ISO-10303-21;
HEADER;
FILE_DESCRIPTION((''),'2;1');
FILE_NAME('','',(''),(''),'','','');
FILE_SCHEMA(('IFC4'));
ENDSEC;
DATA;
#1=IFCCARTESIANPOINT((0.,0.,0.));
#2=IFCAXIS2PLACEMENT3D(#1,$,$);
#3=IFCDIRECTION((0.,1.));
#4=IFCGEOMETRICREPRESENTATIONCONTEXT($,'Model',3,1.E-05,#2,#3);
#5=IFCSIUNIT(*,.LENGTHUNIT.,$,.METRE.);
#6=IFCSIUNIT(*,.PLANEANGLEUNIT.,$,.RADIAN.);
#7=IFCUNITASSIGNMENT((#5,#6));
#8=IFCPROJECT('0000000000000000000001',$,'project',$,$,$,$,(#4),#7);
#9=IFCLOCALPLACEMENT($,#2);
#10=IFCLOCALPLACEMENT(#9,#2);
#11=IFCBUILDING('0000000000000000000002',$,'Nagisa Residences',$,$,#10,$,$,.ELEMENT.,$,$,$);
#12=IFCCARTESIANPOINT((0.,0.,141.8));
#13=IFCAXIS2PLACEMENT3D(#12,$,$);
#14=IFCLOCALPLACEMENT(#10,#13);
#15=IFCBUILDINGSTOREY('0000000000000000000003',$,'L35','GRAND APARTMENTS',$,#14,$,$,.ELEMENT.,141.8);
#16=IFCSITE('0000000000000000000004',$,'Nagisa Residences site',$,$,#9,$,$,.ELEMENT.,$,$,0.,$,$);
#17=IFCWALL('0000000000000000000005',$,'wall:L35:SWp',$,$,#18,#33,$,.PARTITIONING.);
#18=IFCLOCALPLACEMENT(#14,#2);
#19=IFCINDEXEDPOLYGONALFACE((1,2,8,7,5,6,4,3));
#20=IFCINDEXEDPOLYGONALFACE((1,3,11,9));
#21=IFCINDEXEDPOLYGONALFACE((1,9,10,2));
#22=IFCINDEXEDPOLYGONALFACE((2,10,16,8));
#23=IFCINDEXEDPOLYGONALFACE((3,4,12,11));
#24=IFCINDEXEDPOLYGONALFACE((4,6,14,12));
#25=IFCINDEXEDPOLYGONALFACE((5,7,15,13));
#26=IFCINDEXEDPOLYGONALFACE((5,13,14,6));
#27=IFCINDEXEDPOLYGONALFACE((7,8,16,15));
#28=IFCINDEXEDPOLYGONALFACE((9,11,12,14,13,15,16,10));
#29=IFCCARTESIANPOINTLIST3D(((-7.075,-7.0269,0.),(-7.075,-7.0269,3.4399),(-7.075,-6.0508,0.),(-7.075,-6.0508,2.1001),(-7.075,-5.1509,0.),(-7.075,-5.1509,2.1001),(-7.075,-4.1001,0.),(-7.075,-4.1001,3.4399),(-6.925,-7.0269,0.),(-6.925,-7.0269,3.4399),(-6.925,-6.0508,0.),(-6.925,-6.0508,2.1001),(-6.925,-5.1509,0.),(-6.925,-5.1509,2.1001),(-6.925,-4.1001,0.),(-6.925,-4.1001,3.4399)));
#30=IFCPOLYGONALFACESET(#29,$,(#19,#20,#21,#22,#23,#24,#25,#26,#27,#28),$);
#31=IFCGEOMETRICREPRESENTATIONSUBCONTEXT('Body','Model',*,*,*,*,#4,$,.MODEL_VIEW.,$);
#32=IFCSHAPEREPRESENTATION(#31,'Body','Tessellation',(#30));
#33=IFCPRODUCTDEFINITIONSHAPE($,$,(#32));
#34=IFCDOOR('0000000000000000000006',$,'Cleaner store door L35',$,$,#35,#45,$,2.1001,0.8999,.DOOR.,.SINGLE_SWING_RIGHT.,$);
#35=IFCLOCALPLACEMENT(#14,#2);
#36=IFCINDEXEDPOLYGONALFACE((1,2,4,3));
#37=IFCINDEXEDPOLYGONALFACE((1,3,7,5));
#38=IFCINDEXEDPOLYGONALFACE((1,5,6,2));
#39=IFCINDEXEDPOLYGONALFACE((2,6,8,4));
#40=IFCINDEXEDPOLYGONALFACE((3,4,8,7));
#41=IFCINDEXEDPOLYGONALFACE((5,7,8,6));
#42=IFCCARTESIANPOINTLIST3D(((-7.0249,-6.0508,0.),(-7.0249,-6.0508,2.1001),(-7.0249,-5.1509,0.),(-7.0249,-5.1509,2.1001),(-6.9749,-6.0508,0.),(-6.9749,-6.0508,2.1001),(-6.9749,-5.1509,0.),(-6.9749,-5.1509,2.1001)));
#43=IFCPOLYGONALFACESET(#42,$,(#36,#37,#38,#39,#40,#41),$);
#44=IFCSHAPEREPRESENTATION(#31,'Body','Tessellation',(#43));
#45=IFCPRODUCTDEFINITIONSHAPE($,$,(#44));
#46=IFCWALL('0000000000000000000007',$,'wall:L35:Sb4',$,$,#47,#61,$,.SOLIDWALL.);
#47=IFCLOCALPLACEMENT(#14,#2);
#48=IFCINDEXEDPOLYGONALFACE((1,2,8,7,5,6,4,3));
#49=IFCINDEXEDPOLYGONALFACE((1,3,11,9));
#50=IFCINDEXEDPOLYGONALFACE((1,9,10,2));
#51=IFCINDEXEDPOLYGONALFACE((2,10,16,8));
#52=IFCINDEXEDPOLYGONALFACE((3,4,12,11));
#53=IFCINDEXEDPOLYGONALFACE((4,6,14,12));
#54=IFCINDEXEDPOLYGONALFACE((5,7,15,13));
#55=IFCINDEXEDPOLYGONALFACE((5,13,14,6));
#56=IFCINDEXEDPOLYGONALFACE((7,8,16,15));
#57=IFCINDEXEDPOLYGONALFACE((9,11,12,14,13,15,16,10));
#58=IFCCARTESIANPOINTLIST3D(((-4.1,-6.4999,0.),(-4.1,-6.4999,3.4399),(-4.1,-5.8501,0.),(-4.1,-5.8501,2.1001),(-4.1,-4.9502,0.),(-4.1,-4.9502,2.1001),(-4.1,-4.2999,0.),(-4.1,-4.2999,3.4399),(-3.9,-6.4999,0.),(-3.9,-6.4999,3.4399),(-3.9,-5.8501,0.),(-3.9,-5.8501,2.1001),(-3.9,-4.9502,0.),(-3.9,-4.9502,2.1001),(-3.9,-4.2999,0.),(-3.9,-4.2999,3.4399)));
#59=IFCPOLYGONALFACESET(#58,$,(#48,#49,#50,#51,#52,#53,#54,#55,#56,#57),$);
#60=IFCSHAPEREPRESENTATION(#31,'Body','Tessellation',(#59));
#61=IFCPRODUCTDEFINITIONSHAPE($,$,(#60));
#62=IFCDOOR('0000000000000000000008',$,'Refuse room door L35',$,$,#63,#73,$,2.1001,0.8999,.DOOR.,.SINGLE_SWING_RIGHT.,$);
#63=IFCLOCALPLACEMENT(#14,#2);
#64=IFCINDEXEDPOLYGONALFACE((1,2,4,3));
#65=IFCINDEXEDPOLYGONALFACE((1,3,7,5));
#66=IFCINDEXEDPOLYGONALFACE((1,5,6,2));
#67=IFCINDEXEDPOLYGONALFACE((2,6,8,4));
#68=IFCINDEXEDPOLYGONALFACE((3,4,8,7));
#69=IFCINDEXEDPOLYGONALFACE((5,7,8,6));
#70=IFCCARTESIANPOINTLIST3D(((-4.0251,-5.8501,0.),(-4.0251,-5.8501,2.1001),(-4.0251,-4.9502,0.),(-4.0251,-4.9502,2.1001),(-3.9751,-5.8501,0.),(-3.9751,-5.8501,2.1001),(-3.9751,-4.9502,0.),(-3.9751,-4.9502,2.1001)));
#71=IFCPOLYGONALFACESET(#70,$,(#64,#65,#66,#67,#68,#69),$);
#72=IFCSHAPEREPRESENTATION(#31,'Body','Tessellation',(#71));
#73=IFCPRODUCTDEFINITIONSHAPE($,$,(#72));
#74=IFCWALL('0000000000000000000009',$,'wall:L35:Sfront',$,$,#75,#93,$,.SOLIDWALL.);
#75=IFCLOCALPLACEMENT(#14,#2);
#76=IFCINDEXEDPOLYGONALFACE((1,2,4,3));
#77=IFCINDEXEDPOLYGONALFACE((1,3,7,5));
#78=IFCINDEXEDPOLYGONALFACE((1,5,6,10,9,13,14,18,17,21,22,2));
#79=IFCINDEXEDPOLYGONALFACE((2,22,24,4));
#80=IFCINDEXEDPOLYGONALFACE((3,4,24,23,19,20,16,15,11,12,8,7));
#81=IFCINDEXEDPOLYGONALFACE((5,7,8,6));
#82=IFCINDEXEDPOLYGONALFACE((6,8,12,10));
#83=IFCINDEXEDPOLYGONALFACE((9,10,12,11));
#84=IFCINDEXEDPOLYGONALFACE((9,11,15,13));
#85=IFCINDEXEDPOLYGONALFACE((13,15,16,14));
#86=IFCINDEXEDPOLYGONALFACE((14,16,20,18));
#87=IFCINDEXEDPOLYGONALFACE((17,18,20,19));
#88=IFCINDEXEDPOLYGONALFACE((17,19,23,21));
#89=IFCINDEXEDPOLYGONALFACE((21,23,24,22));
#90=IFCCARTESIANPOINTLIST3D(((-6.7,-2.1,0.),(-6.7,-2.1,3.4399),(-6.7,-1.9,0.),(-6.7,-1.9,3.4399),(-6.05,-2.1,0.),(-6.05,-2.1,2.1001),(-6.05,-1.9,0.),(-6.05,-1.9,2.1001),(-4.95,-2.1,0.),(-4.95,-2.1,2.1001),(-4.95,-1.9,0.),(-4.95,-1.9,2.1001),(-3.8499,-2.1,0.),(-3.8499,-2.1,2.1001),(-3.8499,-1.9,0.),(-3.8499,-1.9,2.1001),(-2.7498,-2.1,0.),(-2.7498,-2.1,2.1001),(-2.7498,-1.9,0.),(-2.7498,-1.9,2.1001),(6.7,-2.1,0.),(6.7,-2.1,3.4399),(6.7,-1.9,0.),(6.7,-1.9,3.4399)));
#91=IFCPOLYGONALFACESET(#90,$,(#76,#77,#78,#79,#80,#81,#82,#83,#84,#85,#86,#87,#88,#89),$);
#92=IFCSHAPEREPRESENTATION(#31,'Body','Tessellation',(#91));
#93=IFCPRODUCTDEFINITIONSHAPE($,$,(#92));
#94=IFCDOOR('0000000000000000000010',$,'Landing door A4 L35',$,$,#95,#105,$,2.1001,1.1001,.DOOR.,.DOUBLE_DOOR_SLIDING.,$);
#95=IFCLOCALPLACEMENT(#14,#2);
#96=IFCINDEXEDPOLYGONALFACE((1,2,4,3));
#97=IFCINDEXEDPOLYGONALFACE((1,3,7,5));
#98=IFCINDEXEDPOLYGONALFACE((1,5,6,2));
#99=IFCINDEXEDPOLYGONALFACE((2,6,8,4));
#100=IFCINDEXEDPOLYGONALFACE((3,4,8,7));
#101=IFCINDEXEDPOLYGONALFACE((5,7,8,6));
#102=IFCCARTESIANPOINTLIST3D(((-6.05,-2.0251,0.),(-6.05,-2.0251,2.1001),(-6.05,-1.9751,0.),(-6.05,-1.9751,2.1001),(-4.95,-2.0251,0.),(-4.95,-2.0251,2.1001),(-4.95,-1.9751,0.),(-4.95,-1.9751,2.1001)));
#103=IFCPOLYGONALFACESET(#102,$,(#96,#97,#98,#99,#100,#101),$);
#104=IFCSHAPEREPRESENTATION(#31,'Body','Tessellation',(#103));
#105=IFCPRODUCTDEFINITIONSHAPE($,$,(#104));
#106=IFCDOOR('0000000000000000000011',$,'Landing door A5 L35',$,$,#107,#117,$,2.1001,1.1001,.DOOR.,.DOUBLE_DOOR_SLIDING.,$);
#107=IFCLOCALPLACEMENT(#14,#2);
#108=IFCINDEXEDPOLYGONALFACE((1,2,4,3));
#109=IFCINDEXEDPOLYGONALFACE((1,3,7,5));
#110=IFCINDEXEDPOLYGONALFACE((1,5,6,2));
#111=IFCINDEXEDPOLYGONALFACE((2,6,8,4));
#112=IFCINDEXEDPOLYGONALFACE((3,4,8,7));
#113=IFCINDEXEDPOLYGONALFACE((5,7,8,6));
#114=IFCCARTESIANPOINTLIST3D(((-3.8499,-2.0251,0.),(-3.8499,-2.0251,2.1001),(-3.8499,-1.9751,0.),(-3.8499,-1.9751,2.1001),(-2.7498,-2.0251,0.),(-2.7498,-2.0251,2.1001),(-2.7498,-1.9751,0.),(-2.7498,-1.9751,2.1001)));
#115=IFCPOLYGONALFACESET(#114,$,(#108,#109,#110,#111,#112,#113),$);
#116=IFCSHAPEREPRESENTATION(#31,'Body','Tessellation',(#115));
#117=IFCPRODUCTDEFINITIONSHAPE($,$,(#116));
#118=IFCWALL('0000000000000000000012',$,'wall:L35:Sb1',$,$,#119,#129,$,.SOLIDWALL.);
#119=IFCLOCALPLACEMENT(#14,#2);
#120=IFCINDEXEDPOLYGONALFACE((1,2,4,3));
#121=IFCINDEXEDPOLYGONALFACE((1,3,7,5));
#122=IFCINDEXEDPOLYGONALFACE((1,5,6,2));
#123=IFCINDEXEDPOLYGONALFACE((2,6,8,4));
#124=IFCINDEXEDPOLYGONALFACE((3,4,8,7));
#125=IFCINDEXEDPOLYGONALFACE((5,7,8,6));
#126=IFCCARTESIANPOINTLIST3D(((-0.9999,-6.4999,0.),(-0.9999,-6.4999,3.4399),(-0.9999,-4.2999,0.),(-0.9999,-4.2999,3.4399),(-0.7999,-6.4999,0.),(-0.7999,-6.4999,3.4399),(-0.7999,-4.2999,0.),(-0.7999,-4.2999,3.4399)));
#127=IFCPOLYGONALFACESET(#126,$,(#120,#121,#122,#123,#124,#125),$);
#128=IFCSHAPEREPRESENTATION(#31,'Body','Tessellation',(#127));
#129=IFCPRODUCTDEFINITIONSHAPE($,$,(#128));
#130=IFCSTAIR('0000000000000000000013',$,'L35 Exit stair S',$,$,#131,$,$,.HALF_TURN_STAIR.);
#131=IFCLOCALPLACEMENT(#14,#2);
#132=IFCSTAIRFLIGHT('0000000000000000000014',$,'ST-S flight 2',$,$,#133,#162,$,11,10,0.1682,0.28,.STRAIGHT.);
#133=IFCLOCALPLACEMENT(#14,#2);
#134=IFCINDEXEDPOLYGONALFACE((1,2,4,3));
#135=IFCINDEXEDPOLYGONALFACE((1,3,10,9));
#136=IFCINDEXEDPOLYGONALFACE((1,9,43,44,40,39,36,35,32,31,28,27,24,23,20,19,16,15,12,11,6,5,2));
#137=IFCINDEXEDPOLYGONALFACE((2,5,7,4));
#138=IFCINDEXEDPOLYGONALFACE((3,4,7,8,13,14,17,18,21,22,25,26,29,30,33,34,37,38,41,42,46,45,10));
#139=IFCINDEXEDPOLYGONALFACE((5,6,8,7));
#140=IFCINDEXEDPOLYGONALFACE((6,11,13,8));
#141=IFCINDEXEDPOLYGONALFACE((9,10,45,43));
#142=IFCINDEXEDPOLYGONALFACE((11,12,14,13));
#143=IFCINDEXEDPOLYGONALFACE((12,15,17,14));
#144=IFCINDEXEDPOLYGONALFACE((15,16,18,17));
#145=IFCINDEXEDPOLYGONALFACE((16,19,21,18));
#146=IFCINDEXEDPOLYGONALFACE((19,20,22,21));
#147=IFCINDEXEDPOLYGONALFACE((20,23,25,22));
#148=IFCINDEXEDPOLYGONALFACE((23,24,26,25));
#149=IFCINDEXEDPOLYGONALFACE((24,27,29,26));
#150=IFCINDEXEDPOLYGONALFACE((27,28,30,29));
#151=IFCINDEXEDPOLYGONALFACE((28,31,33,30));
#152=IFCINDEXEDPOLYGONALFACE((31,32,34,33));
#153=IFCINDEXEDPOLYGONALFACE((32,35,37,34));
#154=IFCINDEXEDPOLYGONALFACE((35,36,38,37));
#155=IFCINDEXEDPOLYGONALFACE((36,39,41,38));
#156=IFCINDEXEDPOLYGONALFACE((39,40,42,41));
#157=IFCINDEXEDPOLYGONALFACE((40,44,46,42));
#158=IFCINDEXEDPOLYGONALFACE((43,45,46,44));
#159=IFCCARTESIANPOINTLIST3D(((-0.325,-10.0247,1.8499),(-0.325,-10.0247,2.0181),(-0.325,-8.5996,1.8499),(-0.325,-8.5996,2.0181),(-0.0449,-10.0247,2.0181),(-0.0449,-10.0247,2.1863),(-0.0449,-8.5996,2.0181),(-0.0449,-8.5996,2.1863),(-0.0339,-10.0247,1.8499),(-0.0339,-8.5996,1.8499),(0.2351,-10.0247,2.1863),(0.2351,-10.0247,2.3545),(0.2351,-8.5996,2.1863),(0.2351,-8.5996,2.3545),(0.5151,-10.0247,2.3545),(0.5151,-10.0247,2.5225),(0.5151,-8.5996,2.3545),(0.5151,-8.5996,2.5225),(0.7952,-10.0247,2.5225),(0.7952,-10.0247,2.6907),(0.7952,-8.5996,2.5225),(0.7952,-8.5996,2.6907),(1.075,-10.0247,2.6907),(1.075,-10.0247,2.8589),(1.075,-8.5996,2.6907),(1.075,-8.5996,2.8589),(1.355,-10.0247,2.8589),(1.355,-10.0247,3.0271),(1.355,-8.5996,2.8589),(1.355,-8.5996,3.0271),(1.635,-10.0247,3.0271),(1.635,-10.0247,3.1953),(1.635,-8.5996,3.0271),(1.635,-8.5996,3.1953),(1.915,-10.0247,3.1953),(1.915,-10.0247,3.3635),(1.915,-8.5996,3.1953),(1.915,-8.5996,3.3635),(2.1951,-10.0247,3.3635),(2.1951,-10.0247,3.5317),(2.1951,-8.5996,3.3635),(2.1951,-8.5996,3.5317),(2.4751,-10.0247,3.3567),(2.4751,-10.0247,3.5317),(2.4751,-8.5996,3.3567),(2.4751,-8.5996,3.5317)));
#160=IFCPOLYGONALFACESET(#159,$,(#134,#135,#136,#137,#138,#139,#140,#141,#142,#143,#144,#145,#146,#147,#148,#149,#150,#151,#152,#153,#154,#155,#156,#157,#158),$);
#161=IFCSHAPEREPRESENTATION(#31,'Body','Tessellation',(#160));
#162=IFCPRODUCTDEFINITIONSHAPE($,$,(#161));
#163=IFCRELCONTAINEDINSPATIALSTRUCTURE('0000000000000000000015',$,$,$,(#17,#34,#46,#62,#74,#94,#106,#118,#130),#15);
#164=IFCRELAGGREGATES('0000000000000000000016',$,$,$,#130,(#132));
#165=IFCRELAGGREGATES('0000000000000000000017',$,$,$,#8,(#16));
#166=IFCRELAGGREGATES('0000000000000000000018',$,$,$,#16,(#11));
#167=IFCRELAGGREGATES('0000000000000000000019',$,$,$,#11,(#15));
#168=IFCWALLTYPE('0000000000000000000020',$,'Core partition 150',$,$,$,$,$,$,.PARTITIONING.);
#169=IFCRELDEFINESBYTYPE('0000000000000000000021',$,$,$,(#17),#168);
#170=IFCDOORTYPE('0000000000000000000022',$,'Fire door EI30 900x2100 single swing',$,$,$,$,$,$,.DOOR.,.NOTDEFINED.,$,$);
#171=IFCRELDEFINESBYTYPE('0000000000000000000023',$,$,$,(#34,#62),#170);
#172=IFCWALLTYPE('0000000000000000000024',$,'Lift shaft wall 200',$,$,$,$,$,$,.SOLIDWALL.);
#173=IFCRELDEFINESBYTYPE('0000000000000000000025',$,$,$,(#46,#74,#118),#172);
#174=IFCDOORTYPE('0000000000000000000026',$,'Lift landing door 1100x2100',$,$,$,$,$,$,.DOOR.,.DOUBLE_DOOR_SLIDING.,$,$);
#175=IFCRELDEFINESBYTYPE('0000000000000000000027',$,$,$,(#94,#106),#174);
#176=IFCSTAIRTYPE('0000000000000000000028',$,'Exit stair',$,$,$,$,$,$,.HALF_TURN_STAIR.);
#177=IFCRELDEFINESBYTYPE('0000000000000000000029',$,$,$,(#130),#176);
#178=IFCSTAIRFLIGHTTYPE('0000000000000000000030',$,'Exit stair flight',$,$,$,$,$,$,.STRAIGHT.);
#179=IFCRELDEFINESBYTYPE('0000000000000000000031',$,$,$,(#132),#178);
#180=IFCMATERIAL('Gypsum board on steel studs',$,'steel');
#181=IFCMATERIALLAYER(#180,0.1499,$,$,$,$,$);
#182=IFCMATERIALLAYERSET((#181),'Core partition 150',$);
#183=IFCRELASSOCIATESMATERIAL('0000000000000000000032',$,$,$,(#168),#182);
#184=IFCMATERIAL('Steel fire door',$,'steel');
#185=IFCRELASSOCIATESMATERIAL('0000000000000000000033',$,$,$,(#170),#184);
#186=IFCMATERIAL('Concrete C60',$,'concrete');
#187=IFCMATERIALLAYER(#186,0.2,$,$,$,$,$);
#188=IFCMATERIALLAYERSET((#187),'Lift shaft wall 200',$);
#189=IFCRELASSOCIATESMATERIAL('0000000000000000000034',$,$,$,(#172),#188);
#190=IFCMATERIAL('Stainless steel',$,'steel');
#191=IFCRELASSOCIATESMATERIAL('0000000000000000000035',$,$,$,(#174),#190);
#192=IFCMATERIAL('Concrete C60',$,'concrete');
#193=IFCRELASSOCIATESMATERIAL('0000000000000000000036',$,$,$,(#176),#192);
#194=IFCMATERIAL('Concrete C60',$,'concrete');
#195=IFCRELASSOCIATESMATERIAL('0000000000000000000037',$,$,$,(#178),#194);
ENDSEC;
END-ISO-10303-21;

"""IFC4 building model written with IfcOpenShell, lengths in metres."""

from ifc_helpers import new_model, si_unit, direction, frame, frame_2d, origin, place, context, subcontext, project, spatial, polyline, rectangle, outline, extrude, material, layer, layer_set, type_object, element, fill, aggregate, save


model = new_model("IFC4")

# Units and contexts
model_context = context("Model", 3, precision=1e-05, world=origin(), true_north=direction((0.0, 1.0)))
body_context = subcontext(model_context, "Body", "Model", "MODEL_VIEW")
ifc_project = project(units=[si_unit("LENGTHUNIT", "METRE"), si_unit("PLANEANGLEUNIT", "RADIAN")], contexts=[model_context])

# Site, building, storey
site_placement = place(None, origin())
site = spatial("IfcSite", under=ifc_project, at=site_placement, Name="Nagisa Residences site", CompositionType="ELEMENT", RefElevation=0.0)
building_placement = place(site_placement, origin())
building = spatial("IfcBuilding", under=site, at=building_placement, Name="Nagisa Residences", CompositionType="ELEMENT")
storey_placement = place(building_placement, frame((0.0, 0.0, 141.8)))
storey = spatial("IfcBuildingStorey", under=building, at=storey_placement, Name="L35", Description="GRAND APARTMENTS", CompositionType="ELEMENT", Elevation=141.8)

# Walls, openings, doors
ifc_material_1 = material(Name="Gypsum board on steel studs", Category="steel")
ifc_layer_1 = layer(ifc_material_1, 0.1499)
ifc_layer_set_1 = layer_set([ifc_layer_1], Name="Core partition 150")
wall_type_1 = type_object("IfcWallType", Name="Core partition 150", PredefinedType="PARTITIONING", material=ifc_layer_set_1)
wall_1_placement = place(storey_placement, frame((-7.0, -7.0269, 0.0), z_axis=(0.0, 0.0, 1.0), x_axis=(0.0, 1.0, 0.0)))
wall_1 = element("IfcWall", 1, at=wall_1_placement, inside=storey, type_object=wall_type_1, Name="wall:L35:SWp", PredefinedType="PARTITIONING", context=body_context, shape_type="SweptSolid", body=[
    extrude(rectangle(XDim=2.9268, YDim=0.1499, at=frame_2d((1.4634, 0.0))), origin(), (0.0, 0.0, 1.0), 3.4399),
])
opening_1_placement = place(wall_1_placement, frame((0.9761, 0.0, 0.0)))
opening_1 = element("IfcOpeningElement", 2, at=opening_1_placement, cuts=wall_1, PredefinedType="OPENING", context=body_context, shape_type="SweptSolid", body=[
    extrude(rectangle(XDim=0.8999, YDim=2.1001, at=frame_2d((0.45, 1.05))), frame((0.0, 0.085, 0.0), z_axis=(0.0, -1.0, 0.0), x_axis=(1.0, 0.0, 0.0)), (0.0, 0.0, 1.0), 0.1699),
])
ifc_material_2 = material(Name="Steel fire door", Category="steel")
door_type_1 = type_object("IfcDoorType", Name="Fire door EI30 900x2100 single swing", OperationType="NOTDEFINED", PredefinedType="DOOR", material=ifc_material_2)
door_1_placement = place(opening_1_placement, origin())
door_1 = element("IfcDoor", 3, at=door_1_placement, inside=storey, type_object=door_type_1, Name="Cleaner store door L35", OperationType="SINGLE_SWING_RIGHT", OverallHeight=2.1001, OverallWidth=0.8999, PredefinedType="DOOR", context=body_context, shape_type="SweptSolid", body=[
    extrude(rectangle(XDim=0.8999, YDim=2.1001, at=frame_2d((0.45, 1.05))), frame((0.0, 0.0249, 0.0), z_axis=(0.0, -1.0, 0.0), x_axis=(1.0, 0.0, 0.0)), (0.0, 0.0, 1.0), 0.05),
])
fill(opening_1, door_1)
ifc_material_3 = material(Name="Concrete C60", Category="concrete")
ifc_layer_2 = layer(ifc_material_3, 0.2)
ifc_layer_set_2 = layer_set([ifc_layer_2], Name="Lift shaft wall 200")
wall_type_2 = type_object("IfcWallType", Name="Lift shaft wall 200", PredefinedType="SOLIDWALL", material=ifc_layer_set_2)
wall_2_placement = place(storey_placement, frame((-4.0, -6.5, 0.0), z_axis=(0.0, 0.0, 1.0), x_axis=(0.0, 1.0, 0.0)))
wall_2 = element("IfcWall", 4, at=wall_2_placement, inside=storey, type_object=wall_type_2, Name="wall:L35:Sb4", PredefinedType="SOLIDWALL", context=body_context, shape_type="SweptSolid", body=[
    extrude(rectangle(XDim=2.2, YDim=0.2, at=frame_2d((1.1001, 0.0))), origin(), (0.0, 0.0, 1.0), 3.4399),
])
opening_2_placement = place(wall_2_placement, frame((0.6499, 0.0, 0.0)))
opening_2 = element("IfcOpeningElement", 5, at=opening_2_placement, cuts=wall_2, PredefinedType="OPENING", context=body_context, shape_type="SweptSolid", body=[
    extrude(rectangle(XDim=0.8999, YDim=2.1001, at=frame_2d((0.45, 1.05))), frame((0.0, 0.1099, 0.0), z_axis=(0.0, -1.0, 0.0), x_axis=(1.0, 0.0, 0.0)), (0.0, 0.0, 1.0), 0.22),
])
door_2_placement = place(opening_2_placement, frame((0.8999, 0.0, 0.0), x_axis=(-1.0, 0.0, 0.0)))
door_2 = element("IfcDoor", 6, at=door_2_placement, inside=storey, type_object=door_type_1, Name="Refuse room door L35", OperationType="SINGLE_SWING_RIGHT", OverallHeight=2.1001, OverallWidth=0.8999, PredefinedType="DOOR", context=body_context, shape_type="SweptSolid", body=[
    extrude(rectangle(XDim=0.8999, YDim=2.1001, at=frame_2d((0.45, 1.05))), frame((0.0, 0.0249, 0.0), z_axis=(0.0, -1.0, 0.0), x_axis=(1.0, 0.0, 0.0)), (0.0, 0.0, 1.0), 0.05),
])
fill(opening_2, door_2)

# Wall, openings, doors
wall_3_placement = place(storey_placement, frame((-6.7, -2.0, 0.0), z_axis=(0.0, 0.0, 1.0), x_axis=(1.0, 0.0, 0.0)))
wall_3 = element("IfcWall", 7, at=wall_3_placement, inside=storey, type_object=wall_type_2, Name="wall:L35:Sfront", PredefinedType="SOLIDWALL", context=body_context, shape_type="SweptSolid", body=[
    extrude(rectangle(XDim=13.3999, YDim=0.2, at=frame_2d((6.7, 0.0))), origin(), (0.0, 0.0, 1.0), 3.4399),
])
opening_3_placement = place(wall_3_placement, frame((0.6499, 0.0, 0.0)))
opening_3 = element("IfcOpeningElement", 8, at=opening_3_placement, cuts=wall_3, PredefinedType="OPENING", context=body_context, shape_type="SweptSolid", body=[
    extrude(rectangle(XDim=1.1001, YDim=2.1001, at=frame_2d((0.55, 1.05))), frame((0.0, 0.1099, 0.0), z_axis=(0.0, -1.0, 0.0), x_axis=(1.0, 0.0, 0.0)), (0.0, 0.0, 1.0), 0.22),
])
opening_4_placement = place(wall_3_placement, frame((2.8501, 0.0, 0.0)))
opening_4 = element("IfcOpeningElement", 9, at=opening_4_placement, cuts=wall_3, PredefinedType="OPENING", context=body_context, shape_type="SweptSolid", body=[
    extrude(rectangle(XDim=1.1001, YDim=2.1001, at=frame_2d((0.55, 1.05))), frame((0.0, 0.1099, 0.0), z_axis=(0.0, -1.0, 0.0), x_axis=(1.0, 0.0, 0.0)), (0.0, 0.0, 1.0), 0.22),
])
ifc_material_4 = material(Name="Stainless steel", Category="steel")
door_type_2 = type_object("IfcDoorType", Name="Lift landing door 1100x2100", OperationType="DOUBLE_DOOR_SLIDING", PredefinedType="DOOR", material=ifc_material_4)
door_3_placement = place(opening_3_placement, origin())
door_3 = element("IfcDoor", 10, at=door_3_placement, inside=storey, type_object=door_type_2, Name="Landing door A4 L35", OperationType="DOUBLE_DOOR_SLIDING", OverallHeight=2.1001, OverallWidth=1.1001, PredefinedType="DOOR", context=body_context, shape_type="SweptSolid", body=[
    extrude(rectangle(XDim=1.1001, YDim=2.1001, at=frame_2d((0.55, 1.05))), frame((0.0, 0.0249, 0.0), z_axis=(0.0, -1.0, 0.0), x_axis=(1.0, 0.0, 0.0)), (0.0, 0.0, 1.0), 0.05),
])
fill(opening_3, door_3)
door_4_placement = place(opening_4_placement, origin())
door_4 = element("IfcDoor", 11, at=door_4_placement, inside=storey, type_object=door_type_2, Name="Landing door A5 L35", OperationType="DOUBLE_DOOR_SLIDING", OverallHeight=2.1001, OverallWidth=1.1001, PredefinedType="DOOR", context=body_context, shape_type="SweptSolid", body=[
    extrude(rectangle(XDim=1.1001, YDim=2.1001, at=frame_2d((0.55, 1.05))), frame((0.0, 0.0249, 0.0), z_axis=(0.0, -1.0, 0.0), x_axis=(1.0, 0.0, 0.0)), (0.0, 0.0, 1.0), 0.05),
])
fill(opening_4, door_4)

# Wall
wall_4_placement = place(storey_placement, frame((-0.8999, -6.5, 0.0), z_axis=(0.0, 0.0, 1.0), x_axis=(0.0, 1.0, 0.0)))
element("IfcWall", 12, at=wall_4_placement, inside=storey, type_object=wall_type_2, Name="wall:L35:Sb1", PredefinedType="SOLIDWALL", context=body_context, shape_type="SweptSolid", body=[
    extrude(rectangle(XDim=2.2, YDim=0.2, at=frame_2d((1.1001, 0.0))), origin(), (0.0, 0.0, 1.0), 3.4399),
])

# Stair, stair flight
ifc_material_5 = material(Name="Concrete C60", Category="concrete")
stair_type = type_object("IfcStairType", Name="Exit stair", PredefinedType="HALF_TURN_STAIR", material=ifc_material_5)
stair_placement = place(storey_placement, origin())
stair = element("IfcStair", 13, at=stair_placement, inside=storey, type_object=stair_type, Name="L35 Exit stair S", PredefinedType="HALF_TURN_STAIR")
ifc_material_6 = material(Name="Concrete C60", Category="concrete")
stair_flight_type = type_object("IfcStairFlightType", Name="Exit stair flight", PredefinedType="STRAIGHT", material=ifc_material_6)
stair_flight_placement = place(storey_placement, frame((-0.325, -9.312, 1.8499), z_axis=(0.0, 0.0, 1.0), x_axis=(1.0, 0.0, 0.0)))
stair_flight = element("IfcStairFlight", 14, at=stair_flight_placement, type_object=stair_flight_type, Name="ST-S flight 2", NumberOfRisers=11, NumberOfTreads=10, PredefinedType="STRAIGHT", RiserHeight=0.1682, TreadLength=0.28, context=body_context, shape_type="SweptSolid", body=[
    extrude(outline(polyline([(0.0, 0.0), (0.0, 0.1682), (0.28, 0.1682), (0.28, 0.3364), (0.5601, 0.3364), (0.5601, 0.5046), (0.8401, 0.5046), (0.8401, 0.6726), (1.1201, 0.6726), (1.1201, 0.8408), (1.3999, 0.8408), (1.3999, 1.009), (1.6799, 1.009), (1.6799, 1.1772), (1.96, 1.1772), (1.96, 1.3455), (2.24, 1.3455), (2.24, 1.5137), (2.52, 1.5137), (2.52, 1.6819), (2.8, 1.6819), (2.8, 1.8501), (2.8, 1.5068), (0.291, 0.0), (0.0, 0.0)])), frame((0.0, 0.7124, 0.0), z_axis=(0.0, -1.0, 0.0), x_axis=(1.0, 0.0, 0.0)), (0.0, 0.0, 1.0), 1.425),
])
aggregate(stair, [stair_flight])

save(model, "model.ifc")
